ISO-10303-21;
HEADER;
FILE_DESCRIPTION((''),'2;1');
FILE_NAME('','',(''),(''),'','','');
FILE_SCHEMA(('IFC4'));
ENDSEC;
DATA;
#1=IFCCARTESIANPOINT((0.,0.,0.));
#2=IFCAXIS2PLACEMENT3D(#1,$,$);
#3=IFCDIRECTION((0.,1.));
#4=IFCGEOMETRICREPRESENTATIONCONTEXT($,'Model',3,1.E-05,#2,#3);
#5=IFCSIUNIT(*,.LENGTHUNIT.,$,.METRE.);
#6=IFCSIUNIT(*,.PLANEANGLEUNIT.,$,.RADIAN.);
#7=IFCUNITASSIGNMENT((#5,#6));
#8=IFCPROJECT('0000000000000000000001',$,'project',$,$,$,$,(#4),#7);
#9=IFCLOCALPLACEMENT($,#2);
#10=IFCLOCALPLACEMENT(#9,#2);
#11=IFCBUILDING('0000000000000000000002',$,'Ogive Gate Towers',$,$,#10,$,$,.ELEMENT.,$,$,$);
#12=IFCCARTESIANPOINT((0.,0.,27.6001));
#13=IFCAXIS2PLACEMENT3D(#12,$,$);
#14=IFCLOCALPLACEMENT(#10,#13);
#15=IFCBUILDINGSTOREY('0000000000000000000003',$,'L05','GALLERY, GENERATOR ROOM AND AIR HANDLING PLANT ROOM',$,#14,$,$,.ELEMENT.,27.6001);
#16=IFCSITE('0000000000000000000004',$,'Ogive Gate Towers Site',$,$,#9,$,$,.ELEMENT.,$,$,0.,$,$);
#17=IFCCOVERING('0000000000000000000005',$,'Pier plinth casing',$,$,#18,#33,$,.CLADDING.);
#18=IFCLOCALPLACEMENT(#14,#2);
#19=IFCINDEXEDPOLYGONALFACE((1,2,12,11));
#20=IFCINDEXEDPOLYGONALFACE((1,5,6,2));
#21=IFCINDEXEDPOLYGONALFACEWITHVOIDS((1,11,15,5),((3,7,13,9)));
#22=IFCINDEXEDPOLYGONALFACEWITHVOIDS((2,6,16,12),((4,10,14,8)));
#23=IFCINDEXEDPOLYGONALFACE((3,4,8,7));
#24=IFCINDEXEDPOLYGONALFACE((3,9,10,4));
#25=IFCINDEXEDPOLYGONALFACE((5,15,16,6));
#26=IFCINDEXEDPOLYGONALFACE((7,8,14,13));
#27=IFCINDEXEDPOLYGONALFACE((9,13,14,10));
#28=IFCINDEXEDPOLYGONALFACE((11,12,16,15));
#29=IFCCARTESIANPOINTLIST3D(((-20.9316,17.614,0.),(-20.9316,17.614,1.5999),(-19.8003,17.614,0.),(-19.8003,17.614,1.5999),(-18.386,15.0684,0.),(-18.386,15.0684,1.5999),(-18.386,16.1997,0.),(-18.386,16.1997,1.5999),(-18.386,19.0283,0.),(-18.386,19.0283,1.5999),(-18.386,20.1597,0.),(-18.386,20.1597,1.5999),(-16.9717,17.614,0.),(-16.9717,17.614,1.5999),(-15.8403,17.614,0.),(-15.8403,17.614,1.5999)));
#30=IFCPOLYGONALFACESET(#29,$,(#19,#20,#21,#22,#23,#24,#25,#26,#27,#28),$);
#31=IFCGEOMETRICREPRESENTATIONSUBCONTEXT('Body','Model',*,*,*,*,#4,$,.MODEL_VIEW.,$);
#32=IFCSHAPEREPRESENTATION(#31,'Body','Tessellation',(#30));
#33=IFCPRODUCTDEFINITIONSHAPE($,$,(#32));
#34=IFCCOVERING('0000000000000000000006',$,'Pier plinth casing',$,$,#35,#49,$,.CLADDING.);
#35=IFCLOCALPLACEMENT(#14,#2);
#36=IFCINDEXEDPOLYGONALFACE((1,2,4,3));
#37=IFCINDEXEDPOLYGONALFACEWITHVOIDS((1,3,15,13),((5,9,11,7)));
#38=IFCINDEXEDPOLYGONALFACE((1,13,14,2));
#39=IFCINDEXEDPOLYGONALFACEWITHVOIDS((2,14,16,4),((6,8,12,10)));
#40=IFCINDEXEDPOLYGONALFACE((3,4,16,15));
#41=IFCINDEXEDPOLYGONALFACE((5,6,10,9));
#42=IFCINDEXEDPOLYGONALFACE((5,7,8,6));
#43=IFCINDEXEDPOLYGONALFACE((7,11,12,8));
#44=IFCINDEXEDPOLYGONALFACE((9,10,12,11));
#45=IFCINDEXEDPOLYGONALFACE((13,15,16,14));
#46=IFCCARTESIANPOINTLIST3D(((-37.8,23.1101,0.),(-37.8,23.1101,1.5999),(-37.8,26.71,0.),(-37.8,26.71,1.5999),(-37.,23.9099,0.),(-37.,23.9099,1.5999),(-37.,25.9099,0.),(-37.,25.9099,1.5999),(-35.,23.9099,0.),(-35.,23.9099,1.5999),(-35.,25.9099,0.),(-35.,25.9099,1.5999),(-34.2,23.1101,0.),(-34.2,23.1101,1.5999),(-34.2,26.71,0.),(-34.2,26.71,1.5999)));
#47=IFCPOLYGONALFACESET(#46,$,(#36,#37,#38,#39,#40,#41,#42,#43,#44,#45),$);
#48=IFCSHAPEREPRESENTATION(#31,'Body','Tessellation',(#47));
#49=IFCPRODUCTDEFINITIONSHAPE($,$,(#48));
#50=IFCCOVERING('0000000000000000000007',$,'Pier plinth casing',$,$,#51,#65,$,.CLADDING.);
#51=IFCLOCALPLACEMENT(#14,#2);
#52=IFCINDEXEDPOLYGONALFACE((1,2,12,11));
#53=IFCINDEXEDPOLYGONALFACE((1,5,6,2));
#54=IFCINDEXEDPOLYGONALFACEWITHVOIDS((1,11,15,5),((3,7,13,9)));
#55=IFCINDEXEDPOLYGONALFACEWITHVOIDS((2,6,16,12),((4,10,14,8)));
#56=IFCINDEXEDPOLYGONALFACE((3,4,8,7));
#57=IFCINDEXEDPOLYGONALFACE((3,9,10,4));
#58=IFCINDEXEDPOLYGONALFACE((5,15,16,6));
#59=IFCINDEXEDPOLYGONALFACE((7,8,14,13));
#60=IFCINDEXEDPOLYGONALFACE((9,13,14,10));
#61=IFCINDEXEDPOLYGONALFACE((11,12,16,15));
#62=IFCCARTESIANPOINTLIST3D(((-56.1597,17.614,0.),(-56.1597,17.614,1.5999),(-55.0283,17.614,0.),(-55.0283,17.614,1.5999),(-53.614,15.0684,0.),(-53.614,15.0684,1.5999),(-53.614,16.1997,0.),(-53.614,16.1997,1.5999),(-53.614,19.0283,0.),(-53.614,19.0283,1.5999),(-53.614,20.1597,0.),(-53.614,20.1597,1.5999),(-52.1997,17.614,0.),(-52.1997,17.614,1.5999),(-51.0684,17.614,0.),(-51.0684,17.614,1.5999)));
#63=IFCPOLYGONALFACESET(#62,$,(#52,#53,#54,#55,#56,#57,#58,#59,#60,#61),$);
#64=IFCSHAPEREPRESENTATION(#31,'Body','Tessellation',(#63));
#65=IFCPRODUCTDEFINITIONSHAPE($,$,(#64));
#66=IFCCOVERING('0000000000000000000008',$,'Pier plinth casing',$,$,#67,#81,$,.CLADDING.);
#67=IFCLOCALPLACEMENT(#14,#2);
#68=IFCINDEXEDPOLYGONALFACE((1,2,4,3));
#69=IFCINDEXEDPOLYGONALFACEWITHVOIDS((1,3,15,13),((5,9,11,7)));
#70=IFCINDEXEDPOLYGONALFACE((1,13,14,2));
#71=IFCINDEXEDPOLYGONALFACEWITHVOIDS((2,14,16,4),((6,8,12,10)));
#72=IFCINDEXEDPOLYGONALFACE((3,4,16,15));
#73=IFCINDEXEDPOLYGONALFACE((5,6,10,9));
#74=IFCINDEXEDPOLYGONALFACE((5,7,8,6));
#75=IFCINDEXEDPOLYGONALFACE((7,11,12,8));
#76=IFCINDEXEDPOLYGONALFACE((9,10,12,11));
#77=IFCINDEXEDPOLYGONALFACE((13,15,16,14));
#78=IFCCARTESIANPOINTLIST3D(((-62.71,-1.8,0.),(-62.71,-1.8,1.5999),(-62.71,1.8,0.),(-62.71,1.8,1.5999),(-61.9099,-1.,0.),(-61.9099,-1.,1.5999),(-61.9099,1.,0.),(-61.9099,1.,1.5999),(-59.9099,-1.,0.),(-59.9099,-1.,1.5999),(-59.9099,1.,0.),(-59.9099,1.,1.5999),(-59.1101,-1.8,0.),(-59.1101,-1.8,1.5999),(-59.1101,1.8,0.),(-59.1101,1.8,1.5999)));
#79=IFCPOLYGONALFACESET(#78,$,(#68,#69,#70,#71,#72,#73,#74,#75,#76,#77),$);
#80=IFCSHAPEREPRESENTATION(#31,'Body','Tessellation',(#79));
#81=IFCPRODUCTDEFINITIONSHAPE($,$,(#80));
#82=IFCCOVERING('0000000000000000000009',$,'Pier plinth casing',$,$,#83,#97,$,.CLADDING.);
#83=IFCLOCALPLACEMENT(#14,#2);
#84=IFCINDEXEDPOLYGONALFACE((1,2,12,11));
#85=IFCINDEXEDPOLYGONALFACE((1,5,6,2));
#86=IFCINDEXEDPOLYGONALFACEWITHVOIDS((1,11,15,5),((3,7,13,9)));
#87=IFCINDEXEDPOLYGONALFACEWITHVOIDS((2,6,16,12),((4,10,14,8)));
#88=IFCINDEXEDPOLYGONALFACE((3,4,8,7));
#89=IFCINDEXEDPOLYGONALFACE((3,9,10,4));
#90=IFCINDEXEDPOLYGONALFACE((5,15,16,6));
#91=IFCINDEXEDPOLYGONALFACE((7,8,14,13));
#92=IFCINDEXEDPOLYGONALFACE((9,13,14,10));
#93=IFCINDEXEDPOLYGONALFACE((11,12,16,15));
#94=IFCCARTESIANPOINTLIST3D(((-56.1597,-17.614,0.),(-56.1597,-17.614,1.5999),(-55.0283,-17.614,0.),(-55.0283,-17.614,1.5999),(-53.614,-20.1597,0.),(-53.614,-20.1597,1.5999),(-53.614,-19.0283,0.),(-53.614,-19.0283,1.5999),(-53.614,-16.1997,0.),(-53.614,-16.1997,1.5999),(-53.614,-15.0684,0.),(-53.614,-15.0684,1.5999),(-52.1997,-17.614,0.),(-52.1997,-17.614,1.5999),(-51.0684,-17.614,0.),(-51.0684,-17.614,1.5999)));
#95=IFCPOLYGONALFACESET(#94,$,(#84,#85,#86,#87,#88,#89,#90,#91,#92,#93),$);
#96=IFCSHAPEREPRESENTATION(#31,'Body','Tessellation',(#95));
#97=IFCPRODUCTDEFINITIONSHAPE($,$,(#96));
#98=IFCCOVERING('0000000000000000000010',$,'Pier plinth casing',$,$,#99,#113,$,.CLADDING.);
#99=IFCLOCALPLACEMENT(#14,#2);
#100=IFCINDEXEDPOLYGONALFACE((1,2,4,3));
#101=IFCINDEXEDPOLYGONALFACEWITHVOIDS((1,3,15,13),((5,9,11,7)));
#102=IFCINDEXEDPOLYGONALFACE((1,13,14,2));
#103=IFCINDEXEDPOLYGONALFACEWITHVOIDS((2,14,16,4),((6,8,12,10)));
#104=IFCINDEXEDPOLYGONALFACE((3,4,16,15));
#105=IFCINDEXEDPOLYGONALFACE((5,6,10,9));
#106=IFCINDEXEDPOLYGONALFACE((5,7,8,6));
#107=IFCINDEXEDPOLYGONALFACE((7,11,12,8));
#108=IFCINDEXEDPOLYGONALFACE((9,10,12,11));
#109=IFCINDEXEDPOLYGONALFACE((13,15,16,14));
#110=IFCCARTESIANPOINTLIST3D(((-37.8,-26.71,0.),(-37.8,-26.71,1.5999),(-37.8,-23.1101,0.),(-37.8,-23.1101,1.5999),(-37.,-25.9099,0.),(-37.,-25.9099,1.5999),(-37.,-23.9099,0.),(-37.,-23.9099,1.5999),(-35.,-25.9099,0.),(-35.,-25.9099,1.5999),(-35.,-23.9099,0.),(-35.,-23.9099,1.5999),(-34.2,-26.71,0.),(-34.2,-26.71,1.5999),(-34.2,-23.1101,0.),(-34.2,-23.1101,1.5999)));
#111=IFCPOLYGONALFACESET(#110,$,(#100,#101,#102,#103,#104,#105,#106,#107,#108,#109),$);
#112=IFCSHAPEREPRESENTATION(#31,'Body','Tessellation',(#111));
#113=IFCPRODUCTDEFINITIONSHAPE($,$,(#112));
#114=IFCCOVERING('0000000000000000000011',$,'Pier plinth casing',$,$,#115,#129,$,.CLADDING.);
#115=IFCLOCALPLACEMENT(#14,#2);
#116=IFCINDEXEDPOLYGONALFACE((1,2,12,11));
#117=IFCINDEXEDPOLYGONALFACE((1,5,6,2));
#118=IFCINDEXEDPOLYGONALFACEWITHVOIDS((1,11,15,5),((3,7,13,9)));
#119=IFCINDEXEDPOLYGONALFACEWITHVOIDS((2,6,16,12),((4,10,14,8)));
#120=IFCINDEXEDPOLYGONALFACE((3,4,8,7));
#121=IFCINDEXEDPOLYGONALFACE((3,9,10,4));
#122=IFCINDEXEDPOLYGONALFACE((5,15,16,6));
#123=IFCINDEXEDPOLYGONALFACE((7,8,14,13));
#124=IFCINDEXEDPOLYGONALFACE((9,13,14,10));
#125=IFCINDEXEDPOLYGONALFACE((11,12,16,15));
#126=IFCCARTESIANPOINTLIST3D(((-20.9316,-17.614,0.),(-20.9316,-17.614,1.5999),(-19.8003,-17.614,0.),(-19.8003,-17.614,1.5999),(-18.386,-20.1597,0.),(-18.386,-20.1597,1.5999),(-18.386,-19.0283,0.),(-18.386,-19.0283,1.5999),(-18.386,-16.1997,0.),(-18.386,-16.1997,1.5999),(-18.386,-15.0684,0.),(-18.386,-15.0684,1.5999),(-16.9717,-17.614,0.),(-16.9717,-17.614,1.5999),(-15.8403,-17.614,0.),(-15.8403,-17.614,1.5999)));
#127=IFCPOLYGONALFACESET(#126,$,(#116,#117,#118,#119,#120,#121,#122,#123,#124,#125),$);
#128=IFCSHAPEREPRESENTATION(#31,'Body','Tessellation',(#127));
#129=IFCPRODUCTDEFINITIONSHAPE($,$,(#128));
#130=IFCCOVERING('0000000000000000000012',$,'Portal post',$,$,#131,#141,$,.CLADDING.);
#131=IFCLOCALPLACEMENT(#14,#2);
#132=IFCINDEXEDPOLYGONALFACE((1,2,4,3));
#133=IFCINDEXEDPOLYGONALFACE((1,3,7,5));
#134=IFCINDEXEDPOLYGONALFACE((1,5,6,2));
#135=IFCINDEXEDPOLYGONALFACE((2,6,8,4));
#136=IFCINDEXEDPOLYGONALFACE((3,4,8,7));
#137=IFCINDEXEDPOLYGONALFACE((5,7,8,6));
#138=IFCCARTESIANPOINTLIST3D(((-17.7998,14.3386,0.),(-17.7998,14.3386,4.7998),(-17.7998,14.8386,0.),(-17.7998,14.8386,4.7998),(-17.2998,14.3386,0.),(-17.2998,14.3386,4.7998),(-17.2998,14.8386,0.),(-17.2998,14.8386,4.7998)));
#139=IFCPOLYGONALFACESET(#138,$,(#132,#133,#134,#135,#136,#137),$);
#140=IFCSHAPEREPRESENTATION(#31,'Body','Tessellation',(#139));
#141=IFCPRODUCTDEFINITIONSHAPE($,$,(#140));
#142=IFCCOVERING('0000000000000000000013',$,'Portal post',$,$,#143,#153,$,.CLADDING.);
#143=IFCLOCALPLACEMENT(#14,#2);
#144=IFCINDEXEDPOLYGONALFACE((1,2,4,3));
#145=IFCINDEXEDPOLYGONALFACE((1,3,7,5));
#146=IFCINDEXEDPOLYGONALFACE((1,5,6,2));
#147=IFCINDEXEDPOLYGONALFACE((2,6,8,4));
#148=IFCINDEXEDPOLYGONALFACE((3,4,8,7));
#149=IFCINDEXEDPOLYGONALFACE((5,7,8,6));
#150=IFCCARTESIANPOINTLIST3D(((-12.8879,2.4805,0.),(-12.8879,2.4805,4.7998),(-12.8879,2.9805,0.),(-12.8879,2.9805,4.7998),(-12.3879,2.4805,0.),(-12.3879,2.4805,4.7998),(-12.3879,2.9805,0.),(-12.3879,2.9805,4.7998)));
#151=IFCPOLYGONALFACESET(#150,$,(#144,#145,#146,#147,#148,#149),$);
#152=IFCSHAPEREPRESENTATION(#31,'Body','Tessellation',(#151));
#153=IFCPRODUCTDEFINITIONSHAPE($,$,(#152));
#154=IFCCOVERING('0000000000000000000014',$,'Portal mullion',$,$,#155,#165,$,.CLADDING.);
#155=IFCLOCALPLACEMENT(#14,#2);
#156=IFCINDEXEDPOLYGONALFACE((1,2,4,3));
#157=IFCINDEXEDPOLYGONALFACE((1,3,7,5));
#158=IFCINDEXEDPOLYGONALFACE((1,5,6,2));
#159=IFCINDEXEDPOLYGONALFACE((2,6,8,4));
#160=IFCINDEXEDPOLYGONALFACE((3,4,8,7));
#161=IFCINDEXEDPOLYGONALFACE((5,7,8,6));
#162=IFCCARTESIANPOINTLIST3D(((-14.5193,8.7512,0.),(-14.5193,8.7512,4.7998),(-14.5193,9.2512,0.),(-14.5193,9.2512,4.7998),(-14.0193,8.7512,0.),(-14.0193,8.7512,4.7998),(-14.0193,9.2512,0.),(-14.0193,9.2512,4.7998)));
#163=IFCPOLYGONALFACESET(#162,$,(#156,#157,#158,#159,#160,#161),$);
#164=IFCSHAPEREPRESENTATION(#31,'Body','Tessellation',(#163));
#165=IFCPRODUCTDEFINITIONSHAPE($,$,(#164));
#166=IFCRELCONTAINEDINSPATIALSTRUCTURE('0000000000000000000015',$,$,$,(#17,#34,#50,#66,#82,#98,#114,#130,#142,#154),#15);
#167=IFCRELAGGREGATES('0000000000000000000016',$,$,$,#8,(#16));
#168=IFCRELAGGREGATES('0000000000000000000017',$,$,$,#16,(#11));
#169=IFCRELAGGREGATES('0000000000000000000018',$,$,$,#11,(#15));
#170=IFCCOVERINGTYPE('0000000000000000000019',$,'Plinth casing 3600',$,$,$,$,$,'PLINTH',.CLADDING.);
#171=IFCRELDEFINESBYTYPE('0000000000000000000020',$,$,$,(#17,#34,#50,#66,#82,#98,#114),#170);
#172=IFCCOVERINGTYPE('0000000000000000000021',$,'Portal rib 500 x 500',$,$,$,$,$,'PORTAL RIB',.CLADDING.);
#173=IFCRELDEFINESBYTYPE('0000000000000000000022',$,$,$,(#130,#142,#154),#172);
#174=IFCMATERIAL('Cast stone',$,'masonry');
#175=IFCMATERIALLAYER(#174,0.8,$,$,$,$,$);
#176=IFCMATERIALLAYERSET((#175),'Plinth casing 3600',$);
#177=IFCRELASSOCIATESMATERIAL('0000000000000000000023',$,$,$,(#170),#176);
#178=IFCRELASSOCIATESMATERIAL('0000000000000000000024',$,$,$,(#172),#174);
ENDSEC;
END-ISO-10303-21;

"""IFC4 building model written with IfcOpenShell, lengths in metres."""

from ifc_helpers import new_model, si_unit, direction, frame, origin, origin_2d, place, context, subcontext, project, spatial, polyline, rectangle, outline, extrude, material, layer, layer_set, material_profile, profile_set, type_object, element, save


model = new_model("IFC4")

# Units and contexts
model_context = context("Model", 3, precision=1e-05, world=origin(), true_north=direction((0.0, 1.0)))
body_context = subcontext(model_context, "Body", "Model", "MODEL_VIEW")
ifc_project = project(units=[si_unit("LENGTHUNIT", "METRE"), si_unit("PLANEANGLEUNIT", "RADIAN")], contexts=[model_context])

# Site, building, storey
site_placement = place(None, origin())
site = spatial("IfcSite", under=ifc_project, at=site_placement, Name="Ogive Gate Towers Site", CompositionType="ELEMENT", RefElevation=0.0)
building_placement = place(site_placement, origin())
building = spatial("IfcBuilding", under=site, at=building_placement, Name="Ogive Gate Towers", CompositionType="ELEMENT")
storey_placement = place(building_placement, frame((0.0, 0.0, 27.6001)))
storey = spatial("IfcBuildingStorey", under=building, at=storey_placement, Name="L05", Description="GALLERY, GENERATOR ROOM AND AIR HANDLING PLANT ROOM", CompositionType="ELEMENT", Elevation=27.6001)

# Coverings
ifc_material_1 = material(Name="Cast stone", Category="masonry")
ifc_layer_1 = layer(ifc_material_1, 0.8)
ifc_layer_set_1 = layer_set([ifc_layer_1], Name="Plinth casing 3600")
covering_type_1 = type_object("IfcCoveringType", Name="Plinth casing 3600", ElementType="PLINTH", PredefinedType="CLADDING", material=ifc_layer_set_1)
covering_1_placement = place(storey_placement, origin())
element("IfcCovering", 1, at=covering_1_placement, inside=storey, type_object=covering_type_1, Name="Pier plinth casing", PredefinedType="CLADDING", context=body_context, shape_type="SweptSolid", body=[
    extrude(outline(polyline([(-18.386, 15.0684), (-15.8403, 17.614), (-18.386, 20.1597), (-20.9316, 17.614), (-18.386, 15.0684)]), holes=[polyline([(-18.386, 16.1997), (-19.8003, 17.614), (-18.386, 19.0283), (-16.9717, 17.614), (-18.386, 16.1997)])]), origin(), (0.0, 0.0, 1.0), 1.5999),
])
covering_2_placement = place(storey_placement, origin())
element("IfcCovering", 2, at=covering_2_placement, inside=storey, type_object=covering_type_1, Name="Pier plinth casing", PredefinedType="CLADDING", context=body_context, shape_type="SweptSolid", body=[
    extrude(outline(polyline([(-34.2, 23.1101), (-34.2, 26.71), (-37.8, 26.71), (-37.8, 23.1101), (-34.2, 23.1101)]), holes=[polyline([(-35.0, 23.9099), (-37.0, 23.9099), (-37.0, 25.9099), (-35.0, 25.9099), (-35.0, 23.9099)])]), origin(), (0.0, 0.0, 1.0), 1.5999),
])
covering_3_placement = place(storey_placement, origin())
element("IfcCovering", 3, at=covering_3_placement, inside=storey, type_object=covering_type_1, Name="Pier plinth casing", PredefinedType="CLADDING", context=body_context, shape_type="SweptSolid", body=[
    extrude(outline(polyline([(-51.0684, 17.614), (-53.614, 20.1597), (-56.1597, 17.614), (-53.614, 15.0684), (-51.0684, 17.614)]), holes=[polyline([(-52.1997, 17.614), (-53.614, 16.1997), (-55.0283, 17.614), (-53.614, 19.0283), (-52.1997, 17.614)])]), origin(), (0.0, 0.0, 1.0), 1.5999),
])
covering_4_placement = place(storey_placement, origin())
element("IfcCovering", 4, at=covering_4_placement, inside=storey, type_object=covering_type_1, Name="Pier plinth casing", PredefinedType="CLADDING", context=body_context, shape_type="SweptSolid", body=[
    extrude(outline(polyline([(-59.1101, 1.8), (-62.71, 1.8), (-62.71, -1.8), (-59.1101, -1.8), (-59.1101, 1.8)]), holes=[polyline([(-59.9099, 1.0), (-59.9099, -1.0), (-61.9099, -1.0), (-61.9099, 1.0), (-59.9099, 1.0)])]), origin(), (0.0, 0.0, 1.0), 1.5999),
])
covering_5_placement = place(storey_placement, origin())
element("IfcCovering", 5, at=covering_5_placement, inside=storey, type_object=covering_type_1, Name="Pier plinth casing", PredefinedType="CLADDING", context=body_context, shape_type="SweptSolid", body=[
    extrude(outline(polyline([(-53.614, -15.0684), (-56.1597, -17.614), (-53.614, -20.1597), (-51.0684, -17.614), (-53.614, -15.0684)]), holes=[polyline([(-53.614, -16.1997), (-52.1997, -17.614), (-53.614, -19.0283), (-55.0283, -17.614), (-53.614, -16.1997)])]), origin(), (0.0, 0.0, 1.0), 1.5999),
])
covering_6_placement = place(storey_placement, origin())
element("IfcCovering", 6, at=covering_6_placement, inside=storey, type_object=covering_type_1, Name="Pier plinth casing", PredefinedType="CLADDING", context=body_context, shape_type="SweptSolid", body=[
    extrude(outline(polyline([(-37.8, -23.1101), (-37.8, -26.71), (-34.2, -26.71), (-34.2, -23.1101), (-37.8, -23.1101)]), holes=[polyline([(-37.0, -23.9099), (-35.0, -23.9099), (-35.0, -25.9099), (-37.0, -25.9099), (-37.0, -23.9099)])]), origin(), (0.0, 0.0, 1.0), 1.5999),
])
covering_7_placement = place(storey_placement, origin())
element("IfcCovering", 7, at=covering_7_placement, inside=storey, type_object=covering_type_1, Name="Pier plinth casing", PredefinedType="CLADDING", context=body_context, shape_type="SweptSolid", body=[
    extrude(outline(polyline([(-20.9316, -17.614), (-18.386, -20.1597), (-15.8403, -17.614), (-18.386, -15.0684), (-20.9316, -17.614)]), holes=[polyline([(-19.8003, -17.614), (-18.386, -16.1997), (-16.9717, -17.614), (-18.386, -19.0283), (-19.8003, -17.614)])]), origin(), (0.0, 0.0, 1.0), 1.5999),
])
ifc_material_profile_1 = material_profile(ifc_material_1, rectangle(XDim=0.5, YDim=0.5, at=origin_2d()), Name="500 x 500 cast stone")
ifc_profile_set_1 = profile_set([ifc_material_profile_1], Name="Cast stone")
covering_type_2 = type_object("IfcCoveringType", Name="Portal rib 500 x 500", ElementType="PORTAL RIB", PredefinedType="CLADDING", material=ifc_profile_set_1)
for number, where, z_axis, x_axis, name in (
    (8, (-17.5498, 14.5886, 0.0), (0.0, 0.0, 1.0), (1.0, 0.0, 0.0), "Portal post"),
    (9, (-12.6379, 2.7305, 0.0), (0.0, 0.0, 1.0), (1.0, 0.0, 0.0), "Portal post"),
    (10, (-14.2693, 9.0012, 0.0), (0.0, 0.0, 1.0), (1.0, 0.0, 0.0), "Portal mullion"),
):
    element("IfcCovering", number, at=place(storey_placement, frame(where, z_axis=z_axis, x_axis=x_axis)), inside=storey, type_object=covering_type_2, Name=name, PredefinedType="CLADDING", context=body_context, shape_type="SweptSolid", body=[
        extrude(rectangle(XDim=0.5, YDim=0.5, at=origin_2d()), origin(), (0.0, 0.0, 1.0), 4.7998),
    ])

save(model, "model.ifc")
